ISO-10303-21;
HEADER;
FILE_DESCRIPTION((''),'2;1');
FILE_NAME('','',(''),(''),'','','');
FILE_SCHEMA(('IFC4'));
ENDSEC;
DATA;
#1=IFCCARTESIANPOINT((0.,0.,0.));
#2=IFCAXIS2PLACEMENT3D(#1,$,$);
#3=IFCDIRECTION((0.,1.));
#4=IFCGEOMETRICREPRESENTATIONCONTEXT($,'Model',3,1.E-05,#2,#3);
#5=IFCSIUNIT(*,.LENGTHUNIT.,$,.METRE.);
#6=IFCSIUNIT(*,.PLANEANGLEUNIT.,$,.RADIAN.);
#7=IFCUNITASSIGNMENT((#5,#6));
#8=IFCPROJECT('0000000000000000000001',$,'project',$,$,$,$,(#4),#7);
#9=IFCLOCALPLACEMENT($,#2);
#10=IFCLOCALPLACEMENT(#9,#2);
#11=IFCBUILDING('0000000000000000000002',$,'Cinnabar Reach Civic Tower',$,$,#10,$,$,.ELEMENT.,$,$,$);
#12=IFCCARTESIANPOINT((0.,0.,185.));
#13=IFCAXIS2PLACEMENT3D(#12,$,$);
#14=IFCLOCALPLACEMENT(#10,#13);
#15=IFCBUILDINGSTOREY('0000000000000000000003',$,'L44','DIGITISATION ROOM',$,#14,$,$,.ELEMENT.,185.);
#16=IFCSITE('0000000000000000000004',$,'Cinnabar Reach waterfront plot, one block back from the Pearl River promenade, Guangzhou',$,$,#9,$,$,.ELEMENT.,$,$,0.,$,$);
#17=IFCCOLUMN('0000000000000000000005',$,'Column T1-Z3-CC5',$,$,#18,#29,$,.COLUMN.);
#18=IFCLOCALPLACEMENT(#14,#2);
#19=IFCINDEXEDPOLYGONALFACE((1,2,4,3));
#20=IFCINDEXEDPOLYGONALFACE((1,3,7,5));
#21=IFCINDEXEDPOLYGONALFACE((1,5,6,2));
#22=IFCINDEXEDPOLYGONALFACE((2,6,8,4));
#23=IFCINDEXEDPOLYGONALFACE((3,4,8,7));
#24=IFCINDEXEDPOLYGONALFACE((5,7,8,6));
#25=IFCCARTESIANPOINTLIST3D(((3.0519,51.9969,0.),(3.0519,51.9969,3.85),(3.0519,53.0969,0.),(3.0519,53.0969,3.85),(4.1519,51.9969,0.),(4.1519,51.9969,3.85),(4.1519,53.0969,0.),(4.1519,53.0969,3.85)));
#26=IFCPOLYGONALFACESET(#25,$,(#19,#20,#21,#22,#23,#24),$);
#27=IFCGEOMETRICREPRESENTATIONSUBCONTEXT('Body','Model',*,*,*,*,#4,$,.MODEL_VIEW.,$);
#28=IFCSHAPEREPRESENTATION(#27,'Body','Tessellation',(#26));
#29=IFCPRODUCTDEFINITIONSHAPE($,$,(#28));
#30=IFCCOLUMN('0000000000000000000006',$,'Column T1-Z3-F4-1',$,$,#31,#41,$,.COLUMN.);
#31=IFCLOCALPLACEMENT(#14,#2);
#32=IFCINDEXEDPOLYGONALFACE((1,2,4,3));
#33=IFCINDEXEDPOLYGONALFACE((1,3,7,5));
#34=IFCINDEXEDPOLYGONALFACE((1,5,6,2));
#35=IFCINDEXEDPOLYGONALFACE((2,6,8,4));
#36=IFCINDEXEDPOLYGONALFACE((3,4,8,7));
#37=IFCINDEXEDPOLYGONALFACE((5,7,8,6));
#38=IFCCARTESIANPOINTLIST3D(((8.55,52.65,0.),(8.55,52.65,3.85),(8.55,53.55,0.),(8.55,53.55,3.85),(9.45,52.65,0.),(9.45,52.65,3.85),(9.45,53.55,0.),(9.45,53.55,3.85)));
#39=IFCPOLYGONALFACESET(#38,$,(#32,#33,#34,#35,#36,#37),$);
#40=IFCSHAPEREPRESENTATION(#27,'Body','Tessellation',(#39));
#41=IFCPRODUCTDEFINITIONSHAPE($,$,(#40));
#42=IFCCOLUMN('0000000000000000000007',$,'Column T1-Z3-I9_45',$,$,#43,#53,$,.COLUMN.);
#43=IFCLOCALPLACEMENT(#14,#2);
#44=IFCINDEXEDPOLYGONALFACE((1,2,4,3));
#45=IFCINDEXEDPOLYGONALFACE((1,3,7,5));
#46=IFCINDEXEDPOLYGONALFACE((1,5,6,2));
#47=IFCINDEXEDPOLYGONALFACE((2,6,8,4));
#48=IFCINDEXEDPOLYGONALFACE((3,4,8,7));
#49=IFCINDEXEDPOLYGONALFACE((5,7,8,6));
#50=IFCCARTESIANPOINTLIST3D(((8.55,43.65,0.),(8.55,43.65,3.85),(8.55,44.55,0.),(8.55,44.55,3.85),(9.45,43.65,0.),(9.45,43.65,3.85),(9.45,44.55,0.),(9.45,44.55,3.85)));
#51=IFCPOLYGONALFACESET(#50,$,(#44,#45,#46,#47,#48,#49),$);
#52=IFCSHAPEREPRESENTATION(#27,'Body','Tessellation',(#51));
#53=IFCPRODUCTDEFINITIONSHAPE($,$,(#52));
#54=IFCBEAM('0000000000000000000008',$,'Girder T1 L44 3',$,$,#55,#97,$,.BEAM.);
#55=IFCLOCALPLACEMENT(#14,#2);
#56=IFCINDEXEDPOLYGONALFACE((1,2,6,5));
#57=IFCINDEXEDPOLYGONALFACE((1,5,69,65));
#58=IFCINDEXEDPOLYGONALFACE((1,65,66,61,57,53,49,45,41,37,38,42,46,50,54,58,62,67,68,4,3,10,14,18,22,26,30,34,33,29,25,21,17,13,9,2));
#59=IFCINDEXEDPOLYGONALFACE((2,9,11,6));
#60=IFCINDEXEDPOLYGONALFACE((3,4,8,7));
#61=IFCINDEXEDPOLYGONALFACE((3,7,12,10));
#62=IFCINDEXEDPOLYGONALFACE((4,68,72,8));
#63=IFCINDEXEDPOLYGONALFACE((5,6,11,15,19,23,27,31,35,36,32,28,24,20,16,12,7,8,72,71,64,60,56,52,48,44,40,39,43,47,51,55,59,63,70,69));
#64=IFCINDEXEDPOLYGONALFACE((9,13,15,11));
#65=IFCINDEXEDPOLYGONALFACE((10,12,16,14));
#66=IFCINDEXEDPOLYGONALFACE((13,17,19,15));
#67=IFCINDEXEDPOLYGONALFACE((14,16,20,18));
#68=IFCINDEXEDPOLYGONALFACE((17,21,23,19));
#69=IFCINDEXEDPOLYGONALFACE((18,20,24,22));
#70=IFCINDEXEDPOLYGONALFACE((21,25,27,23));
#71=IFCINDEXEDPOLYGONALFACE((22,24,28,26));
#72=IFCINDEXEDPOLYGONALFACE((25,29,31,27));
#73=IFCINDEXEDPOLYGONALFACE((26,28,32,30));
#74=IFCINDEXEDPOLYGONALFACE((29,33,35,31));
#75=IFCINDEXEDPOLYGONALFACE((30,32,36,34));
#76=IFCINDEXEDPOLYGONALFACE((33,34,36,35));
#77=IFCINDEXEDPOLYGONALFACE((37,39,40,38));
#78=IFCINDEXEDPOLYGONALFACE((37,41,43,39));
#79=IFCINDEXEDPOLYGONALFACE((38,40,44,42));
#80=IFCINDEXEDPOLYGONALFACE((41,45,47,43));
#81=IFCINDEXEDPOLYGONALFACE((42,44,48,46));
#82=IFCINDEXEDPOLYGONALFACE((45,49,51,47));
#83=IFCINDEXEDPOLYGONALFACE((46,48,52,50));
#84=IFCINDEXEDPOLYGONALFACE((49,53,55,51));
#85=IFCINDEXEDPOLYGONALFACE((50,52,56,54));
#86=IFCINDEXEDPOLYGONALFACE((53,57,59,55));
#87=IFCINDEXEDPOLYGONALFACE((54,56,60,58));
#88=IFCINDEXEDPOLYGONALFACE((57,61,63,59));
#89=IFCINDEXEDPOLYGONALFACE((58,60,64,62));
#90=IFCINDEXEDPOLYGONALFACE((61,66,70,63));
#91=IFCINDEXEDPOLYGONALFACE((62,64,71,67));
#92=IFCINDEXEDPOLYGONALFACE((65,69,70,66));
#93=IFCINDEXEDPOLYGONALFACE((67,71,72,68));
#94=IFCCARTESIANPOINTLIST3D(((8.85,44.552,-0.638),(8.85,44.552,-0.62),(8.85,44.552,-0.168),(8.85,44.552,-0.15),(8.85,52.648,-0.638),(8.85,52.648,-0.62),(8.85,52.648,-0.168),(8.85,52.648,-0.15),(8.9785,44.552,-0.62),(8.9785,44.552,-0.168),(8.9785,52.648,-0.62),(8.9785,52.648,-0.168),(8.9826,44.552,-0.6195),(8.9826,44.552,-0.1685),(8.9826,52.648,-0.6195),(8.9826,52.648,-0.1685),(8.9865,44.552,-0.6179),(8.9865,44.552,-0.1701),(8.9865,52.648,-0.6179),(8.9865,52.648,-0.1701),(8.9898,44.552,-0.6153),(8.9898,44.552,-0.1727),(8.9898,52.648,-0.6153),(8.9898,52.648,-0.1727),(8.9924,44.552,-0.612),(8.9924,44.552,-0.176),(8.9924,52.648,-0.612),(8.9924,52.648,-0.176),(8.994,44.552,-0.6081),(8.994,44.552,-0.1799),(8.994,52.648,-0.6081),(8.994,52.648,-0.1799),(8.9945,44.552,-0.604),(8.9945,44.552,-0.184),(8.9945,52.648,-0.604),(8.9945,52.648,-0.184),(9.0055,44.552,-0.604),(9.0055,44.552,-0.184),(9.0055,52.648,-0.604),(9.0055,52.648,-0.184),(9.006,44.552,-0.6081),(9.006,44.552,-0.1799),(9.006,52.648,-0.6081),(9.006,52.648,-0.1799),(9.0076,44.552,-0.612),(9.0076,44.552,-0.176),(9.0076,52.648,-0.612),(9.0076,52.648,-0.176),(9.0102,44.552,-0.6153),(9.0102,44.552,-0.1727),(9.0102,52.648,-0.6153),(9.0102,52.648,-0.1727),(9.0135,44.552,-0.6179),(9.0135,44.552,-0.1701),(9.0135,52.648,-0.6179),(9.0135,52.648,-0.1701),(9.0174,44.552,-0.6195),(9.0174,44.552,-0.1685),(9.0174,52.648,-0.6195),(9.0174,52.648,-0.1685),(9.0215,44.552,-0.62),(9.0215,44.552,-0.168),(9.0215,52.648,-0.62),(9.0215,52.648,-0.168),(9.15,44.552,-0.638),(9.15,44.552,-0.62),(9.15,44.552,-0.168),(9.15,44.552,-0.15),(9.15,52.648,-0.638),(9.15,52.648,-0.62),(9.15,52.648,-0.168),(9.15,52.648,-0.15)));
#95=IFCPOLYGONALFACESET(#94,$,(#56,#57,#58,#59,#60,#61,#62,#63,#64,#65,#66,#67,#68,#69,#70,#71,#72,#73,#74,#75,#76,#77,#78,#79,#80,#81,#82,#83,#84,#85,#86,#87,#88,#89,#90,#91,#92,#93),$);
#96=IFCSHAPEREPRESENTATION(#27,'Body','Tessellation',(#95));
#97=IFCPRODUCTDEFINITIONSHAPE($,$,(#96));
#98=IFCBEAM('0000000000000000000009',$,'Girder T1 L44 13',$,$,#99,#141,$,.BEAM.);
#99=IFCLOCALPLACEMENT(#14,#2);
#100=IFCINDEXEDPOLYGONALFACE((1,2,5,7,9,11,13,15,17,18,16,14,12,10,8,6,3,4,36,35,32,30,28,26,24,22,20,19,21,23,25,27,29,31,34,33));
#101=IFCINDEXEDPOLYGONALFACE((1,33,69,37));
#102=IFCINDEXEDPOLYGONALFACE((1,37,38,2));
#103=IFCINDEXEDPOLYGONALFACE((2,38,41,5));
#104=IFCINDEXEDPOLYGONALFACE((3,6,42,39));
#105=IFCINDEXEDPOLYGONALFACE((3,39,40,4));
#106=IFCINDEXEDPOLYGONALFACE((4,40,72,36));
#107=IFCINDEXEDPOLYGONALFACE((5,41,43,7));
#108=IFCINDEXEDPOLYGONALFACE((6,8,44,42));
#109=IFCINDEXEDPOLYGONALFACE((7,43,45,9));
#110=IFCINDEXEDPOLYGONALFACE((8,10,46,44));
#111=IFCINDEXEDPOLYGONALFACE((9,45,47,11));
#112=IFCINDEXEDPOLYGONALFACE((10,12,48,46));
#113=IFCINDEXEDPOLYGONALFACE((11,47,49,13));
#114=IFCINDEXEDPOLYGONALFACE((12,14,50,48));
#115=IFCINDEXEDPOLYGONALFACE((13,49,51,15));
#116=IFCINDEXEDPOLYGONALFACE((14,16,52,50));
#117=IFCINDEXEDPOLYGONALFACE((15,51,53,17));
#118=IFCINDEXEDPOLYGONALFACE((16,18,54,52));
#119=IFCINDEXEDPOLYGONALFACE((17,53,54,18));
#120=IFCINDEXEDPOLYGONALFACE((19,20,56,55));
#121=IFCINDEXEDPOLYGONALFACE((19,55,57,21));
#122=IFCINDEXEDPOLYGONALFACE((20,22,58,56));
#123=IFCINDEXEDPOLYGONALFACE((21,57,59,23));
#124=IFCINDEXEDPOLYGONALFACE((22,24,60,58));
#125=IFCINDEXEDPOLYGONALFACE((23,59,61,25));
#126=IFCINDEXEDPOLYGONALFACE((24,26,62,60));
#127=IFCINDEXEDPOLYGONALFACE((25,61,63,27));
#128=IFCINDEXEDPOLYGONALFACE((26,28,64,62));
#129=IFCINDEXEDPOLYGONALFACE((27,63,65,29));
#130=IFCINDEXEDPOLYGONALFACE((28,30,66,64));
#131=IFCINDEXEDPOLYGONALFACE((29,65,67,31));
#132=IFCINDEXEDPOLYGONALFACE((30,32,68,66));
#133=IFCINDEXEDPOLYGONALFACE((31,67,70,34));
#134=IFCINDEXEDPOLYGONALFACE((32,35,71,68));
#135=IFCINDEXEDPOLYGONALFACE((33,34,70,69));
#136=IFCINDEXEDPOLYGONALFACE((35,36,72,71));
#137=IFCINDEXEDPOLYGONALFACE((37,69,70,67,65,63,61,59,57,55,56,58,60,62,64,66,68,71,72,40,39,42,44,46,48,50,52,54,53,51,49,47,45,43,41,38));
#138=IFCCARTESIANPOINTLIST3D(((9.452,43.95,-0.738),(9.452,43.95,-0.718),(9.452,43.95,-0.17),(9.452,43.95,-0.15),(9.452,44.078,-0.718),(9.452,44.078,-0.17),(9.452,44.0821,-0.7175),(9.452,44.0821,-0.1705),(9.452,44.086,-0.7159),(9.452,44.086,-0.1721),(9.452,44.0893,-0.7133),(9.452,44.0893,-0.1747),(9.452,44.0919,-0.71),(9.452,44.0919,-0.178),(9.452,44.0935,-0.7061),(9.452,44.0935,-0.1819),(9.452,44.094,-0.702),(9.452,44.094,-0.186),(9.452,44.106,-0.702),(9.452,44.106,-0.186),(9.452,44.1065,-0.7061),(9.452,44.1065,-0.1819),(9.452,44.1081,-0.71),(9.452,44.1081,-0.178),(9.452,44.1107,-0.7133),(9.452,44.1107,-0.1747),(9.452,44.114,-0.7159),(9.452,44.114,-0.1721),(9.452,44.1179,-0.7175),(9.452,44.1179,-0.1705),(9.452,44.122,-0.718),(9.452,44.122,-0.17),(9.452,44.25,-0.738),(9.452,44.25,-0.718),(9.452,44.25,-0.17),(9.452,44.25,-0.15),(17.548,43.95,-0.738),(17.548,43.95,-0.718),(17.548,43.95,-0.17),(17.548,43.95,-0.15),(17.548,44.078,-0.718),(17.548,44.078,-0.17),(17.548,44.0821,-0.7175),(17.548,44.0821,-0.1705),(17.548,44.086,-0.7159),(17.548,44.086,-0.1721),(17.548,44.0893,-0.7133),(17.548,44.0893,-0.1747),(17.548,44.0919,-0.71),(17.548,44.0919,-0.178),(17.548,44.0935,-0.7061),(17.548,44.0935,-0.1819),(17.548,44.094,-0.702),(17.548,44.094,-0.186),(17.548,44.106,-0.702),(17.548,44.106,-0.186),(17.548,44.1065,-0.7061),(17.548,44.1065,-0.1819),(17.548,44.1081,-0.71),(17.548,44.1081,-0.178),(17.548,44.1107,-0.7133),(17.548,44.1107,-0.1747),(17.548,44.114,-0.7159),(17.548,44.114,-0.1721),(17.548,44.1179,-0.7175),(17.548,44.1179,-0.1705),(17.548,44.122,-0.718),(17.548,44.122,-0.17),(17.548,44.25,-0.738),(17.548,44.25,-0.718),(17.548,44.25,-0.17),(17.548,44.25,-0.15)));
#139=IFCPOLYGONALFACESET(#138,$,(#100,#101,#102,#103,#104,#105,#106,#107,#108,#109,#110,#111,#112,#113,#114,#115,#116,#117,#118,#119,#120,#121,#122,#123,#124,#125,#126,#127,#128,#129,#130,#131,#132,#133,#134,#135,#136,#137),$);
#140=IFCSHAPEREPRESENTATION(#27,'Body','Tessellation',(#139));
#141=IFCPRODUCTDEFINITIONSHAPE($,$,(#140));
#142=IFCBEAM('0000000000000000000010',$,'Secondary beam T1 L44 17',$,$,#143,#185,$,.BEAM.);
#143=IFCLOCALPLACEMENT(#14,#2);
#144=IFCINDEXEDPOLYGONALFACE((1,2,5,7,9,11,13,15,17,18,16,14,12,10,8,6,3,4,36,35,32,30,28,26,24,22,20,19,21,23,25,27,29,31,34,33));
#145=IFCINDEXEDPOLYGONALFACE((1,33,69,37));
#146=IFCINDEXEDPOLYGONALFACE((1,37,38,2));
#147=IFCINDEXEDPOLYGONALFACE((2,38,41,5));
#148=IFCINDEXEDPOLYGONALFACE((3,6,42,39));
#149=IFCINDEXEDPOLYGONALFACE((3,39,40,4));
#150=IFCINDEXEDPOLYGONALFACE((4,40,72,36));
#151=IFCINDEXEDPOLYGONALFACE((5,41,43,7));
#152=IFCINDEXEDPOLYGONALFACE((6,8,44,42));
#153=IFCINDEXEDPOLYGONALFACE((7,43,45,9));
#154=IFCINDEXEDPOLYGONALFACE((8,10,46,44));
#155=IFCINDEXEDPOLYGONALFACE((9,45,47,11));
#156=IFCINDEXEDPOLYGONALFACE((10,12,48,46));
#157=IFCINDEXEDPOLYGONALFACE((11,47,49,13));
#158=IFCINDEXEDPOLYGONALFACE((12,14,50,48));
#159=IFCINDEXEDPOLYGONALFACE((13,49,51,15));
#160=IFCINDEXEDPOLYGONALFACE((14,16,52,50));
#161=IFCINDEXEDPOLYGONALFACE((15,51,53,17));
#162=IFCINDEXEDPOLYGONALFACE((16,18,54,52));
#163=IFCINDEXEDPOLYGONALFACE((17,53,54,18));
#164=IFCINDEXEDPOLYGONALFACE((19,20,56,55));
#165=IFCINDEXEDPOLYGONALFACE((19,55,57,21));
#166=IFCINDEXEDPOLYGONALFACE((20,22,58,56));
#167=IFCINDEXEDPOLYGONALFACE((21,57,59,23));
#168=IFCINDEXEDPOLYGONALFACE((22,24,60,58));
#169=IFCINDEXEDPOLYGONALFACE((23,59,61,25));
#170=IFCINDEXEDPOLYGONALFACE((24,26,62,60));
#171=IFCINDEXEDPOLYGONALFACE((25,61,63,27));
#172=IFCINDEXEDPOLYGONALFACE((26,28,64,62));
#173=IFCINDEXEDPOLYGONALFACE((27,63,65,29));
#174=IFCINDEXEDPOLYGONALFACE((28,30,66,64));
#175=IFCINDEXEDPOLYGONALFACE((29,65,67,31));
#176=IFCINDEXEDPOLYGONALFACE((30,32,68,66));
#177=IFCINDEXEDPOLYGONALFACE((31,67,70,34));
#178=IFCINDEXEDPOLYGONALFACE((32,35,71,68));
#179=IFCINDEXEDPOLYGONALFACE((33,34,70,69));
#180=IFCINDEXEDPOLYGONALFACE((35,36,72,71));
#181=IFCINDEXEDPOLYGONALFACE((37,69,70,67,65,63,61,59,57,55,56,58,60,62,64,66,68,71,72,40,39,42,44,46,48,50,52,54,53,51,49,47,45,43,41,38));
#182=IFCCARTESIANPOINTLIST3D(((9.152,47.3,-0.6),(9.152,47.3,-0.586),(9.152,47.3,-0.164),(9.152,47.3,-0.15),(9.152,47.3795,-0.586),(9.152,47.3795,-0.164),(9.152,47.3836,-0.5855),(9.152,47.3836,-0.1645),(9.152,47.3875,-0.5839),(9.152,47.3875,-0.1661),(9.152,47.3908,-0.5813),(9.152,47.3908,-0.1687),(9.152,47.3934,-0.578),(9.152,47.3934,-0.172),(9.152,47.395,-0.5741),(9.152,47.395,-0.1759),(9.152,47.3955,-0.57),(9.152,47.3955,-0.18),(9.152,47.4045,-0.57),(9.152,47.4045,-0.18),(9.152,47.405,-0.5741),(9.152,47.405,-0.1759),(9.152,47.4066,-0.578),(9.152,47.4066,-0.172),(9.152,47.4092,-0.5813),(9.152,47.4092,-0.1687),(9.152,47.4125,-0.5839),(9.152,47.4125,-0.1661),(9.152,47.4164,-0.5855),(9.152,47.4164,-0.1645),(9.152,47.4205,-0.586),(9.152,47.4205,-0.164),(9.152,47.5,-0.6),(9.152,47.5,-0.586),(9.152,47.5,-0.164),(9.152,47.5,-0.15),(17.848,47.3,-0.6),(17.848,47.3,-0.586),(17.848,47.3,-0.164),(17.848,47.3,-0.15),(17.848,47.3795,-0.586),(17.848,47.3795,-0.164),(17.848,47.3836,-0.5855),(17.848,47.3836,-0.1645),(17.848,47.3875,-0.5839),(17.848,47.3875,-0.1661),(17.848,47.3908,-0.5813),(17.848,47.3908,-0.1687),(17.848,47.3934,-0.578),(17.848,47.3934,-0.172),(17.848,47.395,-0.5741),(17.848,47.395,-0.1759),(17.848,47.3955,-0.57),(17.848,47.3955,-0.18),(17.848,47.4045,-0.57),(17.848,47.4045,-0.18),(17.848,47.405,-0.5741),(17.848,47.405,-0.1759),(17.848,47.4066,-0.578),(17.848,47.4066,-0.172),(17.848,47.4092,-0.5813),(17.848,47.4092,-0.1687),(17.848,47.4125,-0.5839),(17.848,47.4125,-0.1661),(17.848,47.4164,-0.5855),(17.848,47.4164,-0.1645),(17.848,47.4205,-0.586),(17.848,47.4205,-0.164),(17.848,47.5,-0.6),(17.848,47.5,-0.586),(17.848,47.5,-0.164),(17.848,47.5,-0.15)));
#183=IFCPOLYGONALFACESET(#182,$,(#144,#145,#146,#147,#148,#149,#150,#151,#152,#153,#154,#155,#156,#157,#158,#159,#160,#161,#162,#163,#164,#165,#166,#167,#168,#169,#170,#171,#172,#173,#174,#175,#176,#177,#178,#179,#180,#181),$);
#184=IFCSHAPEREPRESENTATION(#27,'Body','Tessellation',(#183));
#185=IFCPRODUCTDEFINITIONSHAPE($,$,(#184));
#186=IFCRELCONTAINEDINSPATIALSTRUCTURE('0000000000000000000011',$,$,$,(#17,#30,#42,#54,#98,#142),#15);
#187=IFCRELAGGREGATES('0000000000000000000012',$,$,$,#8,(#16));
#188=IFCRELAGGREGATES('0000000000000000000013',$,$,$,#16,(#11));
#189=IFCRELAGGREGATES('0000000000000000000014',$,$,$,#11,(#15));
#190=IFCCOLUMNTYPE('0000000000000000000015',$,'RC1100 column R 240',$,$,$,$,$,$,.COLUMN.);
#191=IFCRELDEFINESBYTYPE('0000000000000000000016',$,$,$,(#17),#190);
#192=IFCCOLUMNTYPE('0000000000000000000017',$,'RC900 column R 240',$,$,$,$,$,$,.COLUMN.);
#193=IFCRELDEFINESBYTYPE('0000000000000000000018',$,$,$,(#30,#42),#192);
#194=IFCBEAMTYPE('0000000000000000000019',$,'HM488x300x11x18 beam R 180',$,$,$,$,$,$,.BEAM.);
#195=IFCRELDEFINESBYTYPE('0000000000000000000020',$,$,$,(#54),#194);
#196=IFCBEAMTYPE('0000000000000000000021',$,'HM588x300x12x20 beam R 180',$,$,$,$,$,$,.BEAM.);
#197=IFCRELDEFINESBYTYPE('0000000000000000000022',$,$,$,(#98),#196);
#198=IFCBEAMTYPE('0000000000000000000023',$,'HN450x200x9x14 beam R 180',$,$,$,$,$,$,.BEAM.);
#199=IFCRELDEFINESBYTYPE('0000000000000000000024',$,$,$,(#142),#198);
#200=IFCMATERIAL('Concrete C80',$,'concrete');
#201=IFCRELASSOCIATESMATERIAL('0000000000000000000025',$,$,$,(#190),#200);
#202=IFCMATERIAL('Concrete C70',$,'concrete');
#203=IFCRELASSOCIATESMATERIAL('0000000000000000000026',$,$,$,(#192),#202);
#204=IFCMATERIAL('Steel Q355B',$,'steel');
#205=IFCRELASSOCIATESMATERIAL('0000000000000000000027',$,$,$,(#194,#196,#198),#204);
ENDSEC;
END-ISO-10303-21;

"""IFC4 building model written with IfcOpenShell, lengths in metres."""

from ifc_helpers import new_model, si_unit, direction, frame, origin, origin_2d, place, context, subcontext, project, spatial, rectangle, i_section, extrude, material, material_profile, profile_set, type_object, element, save


model = new_model("IFC4")

# Units and contexts
model_context = context("Model", 3, precision=1e-05, world=origin(), true_north=direction((0.0, 1.0)))
body_context = subcontext(model_context, "Body", "Model", "MODEL_VIEW")
ifc_project = project(units=[si_unit("LENGTHUNIT", "METRE"), si_unit("PLANEANGLEUNIT", "RADIAN")], contexts=[model_context])

# Site, building, storey
site_placement = place(None, origin())
site = spatial("IfcSite", under=ifc_project, at=site_placement, Name="Cinnabar Reach waterfront plot, one block back from the Pearl River promenade, Guangzhou", CompositionType="ELEMENT", RefElevation=0.0)
building_placement = place(site_placement, origin())
building = spatial("IfcBuilding", under=site, at=building_placement, Name="Cinnabar Reach Civic Tower", CompositionType="ELEMENT")
storey_placement = place(building_placement, frame((0.0, 0.0, 185.0)))
storey = spatial("IfcBuildingStorey", under=building, at=storey_placement, Name="L44", Description="DIGITISATION ROOM", CompositionType="ELEMENT", Elevation=185.0)

# Columns
ifc_material_1 = material(Name="Concrete C80", Category="concrete")
ifc_material_profile_1 = material_profile(ifc_material_1, rectangle(XDim=1.1, YDim=1.1, at=origin_2d()), Name="RC1100")
ifc_profile_set_1 = profile_set([ifc_material_profile_1], Name="Concrete C80")
column_type_1 = type_object("IfcColumnType", Name="RC1100 column R 240", PredefinedType="COLUMN", material=ifc_profile_set_1)
column_placement = place(storey_placement, frame((3.6019, 52.5469, 0.0), z_axis=(0.0, 0.0, 1.0), x_axis=(1.0, 0.0, 0.0)))
element("IfcColumn", 1, at=column_placement, inside=storey, type_object=column_type_1, Name="Column T1-Z3-CC5", PredefinedType="COLUMN", context=body_context, shape_type="SweptSolid", body=[
    extrude(rectangle(XDim=1.1, YDim=1.1, at=origin_2d()), origin(), (0.0, 0.0, 1.0), 3.85),
])
ifc_material_2 = material(Name="Concrete C70", Category="concrete")
ifc_material_profile_2 = material_profile(ifc_material_2, rectangle(XDim=0.9, YDim=0.9, at=origin_2d()), Name="RC900")
ifc_profile_set_2 = profile_set([ifc_material_profile_2], Name="Concrete C70")
column_type_2 = type_object("IfcColumnType", Name="RC900 column R 240", PredefinedType="COLUMN", material=ifc_profile_set_2)
for number, where, z_axis, x_axis, name in (
    (2, (9.0, 53.1, 0.0), (0.0, 0.0, 1.0), (1.0, 0.0, 0.0), "Column T1-Z3-F4-1"),
    (3, (9.0, 44.1, 0.0), (0.0, 0.0, 1.0), (1.0, 0.0, 0.0), "Column T1-Z3-I9_45"),
):
    element("IfcColumn", number, at=place(storey_placement, frame(where, z_axis=z_axis, x_axis=x_axis)), inside=storey, type_object=column_type_2, Name=name, PredefinedType="COLUMN", context=body_context, shape_type="SweptSolid", body=[
        extrude(rectangle(XDim=0.9, YDim=0.9, at=origin_2d()), origin(), (0.0, 0.0, 1.0), 3.85),
    ])

# Beams
ifc_material_3 = material(Name="Steel Q355B", Category="steel")
ifc_material_profile_3 = material_profile(ifc_material_3, i_section(OverallWidth=0.3, OverallDepth=0.488, WebThickness=0.011, FlangeThickness=0.018, FilletRadius=0.016, at=origin_2d()), Name="HM488x300x11x18")
ifc_profile_set_3 = profile_set([ifc_material_profile_3], Name="Steel Q355B")
beam_type_1 = type_object("IfcBeamType", Name="HM488x300x11x18 beam R 180", PredefinedType="BEAM", material=ifc_profile_set_3)
beam_1_placement = place(storey_placement, frame((9.0, 44.552, -0.394), z_axis=(0.0, 1.0, 0.0), x_axis=(-1.0, 0.0, 0.0)))
element("IfcBeam", 4, at=beam_1_placement, inside=storey, type_object=beam_type_1, Name="Girder T1 L44 3", PredefinedType="BEAM", context=body_context, shape_type="SweptSolid", body=[
    extrude(i_section(OverallWidth=0.3, OverallDepth=0.488, WebThickness=0.011, FlangeThickness=0.018, FilletRadius=0.016, at=origin_2d()), origin(), (0.0, 0.0, 1.0), 8.096),
])
ifc_material_profile_4 = material_profile(ifc_material_3, i_section(OverallWidth=0.3, OverallDepth=0.588, WebThickness=0.012, FlangeThickness=0.02, FilletRadius=0.016, at=origin_2d()), Name="HM588x300x12x20")
ifc_profile_set_4 = profile_set([ifc_material_profile_4], Name="Steel Q355B")
beam_type_2 = type_object("IfcBeamType", Name="HM588x300x12x20 beam R 180", PredefinedType="BEAM", material=ifc_profile_set_4)
beam_2_placement = place(storey_placement, frame((9.452, 44.1, -0.444), z_axis=(1.0, 0.0, 0.0), x_axis=(0.0, 1.0, 0.0)))
element("IfcBeam", 5, at=beam_2_placement, inside=storey, type_object=beam_type_2, Name="Girder T1 L44 13", PredefinedType="BEAM", context=body_context, shape_type="SweptSolid", body=[
    extrude(i_section(OverallWidth=0.3, OverallDepth=0.588, WebThickness=0.012, FlangeThickness=0.02, FilletRadius=0.016, at=origin_2d()), origin(), (0.0, 0.0, 1.0), 8.096),
])
ifc_material_profile_5 = material_profile(ifc_material_3, i_section(OverallWidth=0.2, OverallDepth=0.45, WebThickness=0.009, FlangeThickness=0.014, FilletRadius=0.016, at=origin_2d()), Name="HN450x200x9x14")
ifc_profile_set_5 = profile_set([ifc_material_profile_5], Name="Steel Q355B")
beam_type_3 = type_object("IfcBeamType", Name="HN450x200x9x14 beam R 180", PredefinedType="BEAM", material=ifc_profile_set_5)
for number, where, z_axis, x_axis, name in (
    (6, (9.152, 47.4, -0.375), (1.0, 0.0, 0.0), (0.0, 1.0, 0.0), "Secondary beam T1 L44 17"),
):
    element("IfcBeam", number, at=place(storey_placement, frame(where, z_axis=z_axis, x_axis=x_axis)), inside=storey, type_object=beam_type_3, Name=name, PredefinedType="BEAM", context=body_context, shape_type="SweptSolid", body=[
        extrude(i_section(OverallWidth=0.2, OverallDepth=0.45, WebThickness=0.009, FlangeThickness=0.014, FilletRadius=0.016, at=origin_2d()), origin(), (0.0, 0.0, 1.0), 8.696),
    ])

save(model, "model.ifc")
